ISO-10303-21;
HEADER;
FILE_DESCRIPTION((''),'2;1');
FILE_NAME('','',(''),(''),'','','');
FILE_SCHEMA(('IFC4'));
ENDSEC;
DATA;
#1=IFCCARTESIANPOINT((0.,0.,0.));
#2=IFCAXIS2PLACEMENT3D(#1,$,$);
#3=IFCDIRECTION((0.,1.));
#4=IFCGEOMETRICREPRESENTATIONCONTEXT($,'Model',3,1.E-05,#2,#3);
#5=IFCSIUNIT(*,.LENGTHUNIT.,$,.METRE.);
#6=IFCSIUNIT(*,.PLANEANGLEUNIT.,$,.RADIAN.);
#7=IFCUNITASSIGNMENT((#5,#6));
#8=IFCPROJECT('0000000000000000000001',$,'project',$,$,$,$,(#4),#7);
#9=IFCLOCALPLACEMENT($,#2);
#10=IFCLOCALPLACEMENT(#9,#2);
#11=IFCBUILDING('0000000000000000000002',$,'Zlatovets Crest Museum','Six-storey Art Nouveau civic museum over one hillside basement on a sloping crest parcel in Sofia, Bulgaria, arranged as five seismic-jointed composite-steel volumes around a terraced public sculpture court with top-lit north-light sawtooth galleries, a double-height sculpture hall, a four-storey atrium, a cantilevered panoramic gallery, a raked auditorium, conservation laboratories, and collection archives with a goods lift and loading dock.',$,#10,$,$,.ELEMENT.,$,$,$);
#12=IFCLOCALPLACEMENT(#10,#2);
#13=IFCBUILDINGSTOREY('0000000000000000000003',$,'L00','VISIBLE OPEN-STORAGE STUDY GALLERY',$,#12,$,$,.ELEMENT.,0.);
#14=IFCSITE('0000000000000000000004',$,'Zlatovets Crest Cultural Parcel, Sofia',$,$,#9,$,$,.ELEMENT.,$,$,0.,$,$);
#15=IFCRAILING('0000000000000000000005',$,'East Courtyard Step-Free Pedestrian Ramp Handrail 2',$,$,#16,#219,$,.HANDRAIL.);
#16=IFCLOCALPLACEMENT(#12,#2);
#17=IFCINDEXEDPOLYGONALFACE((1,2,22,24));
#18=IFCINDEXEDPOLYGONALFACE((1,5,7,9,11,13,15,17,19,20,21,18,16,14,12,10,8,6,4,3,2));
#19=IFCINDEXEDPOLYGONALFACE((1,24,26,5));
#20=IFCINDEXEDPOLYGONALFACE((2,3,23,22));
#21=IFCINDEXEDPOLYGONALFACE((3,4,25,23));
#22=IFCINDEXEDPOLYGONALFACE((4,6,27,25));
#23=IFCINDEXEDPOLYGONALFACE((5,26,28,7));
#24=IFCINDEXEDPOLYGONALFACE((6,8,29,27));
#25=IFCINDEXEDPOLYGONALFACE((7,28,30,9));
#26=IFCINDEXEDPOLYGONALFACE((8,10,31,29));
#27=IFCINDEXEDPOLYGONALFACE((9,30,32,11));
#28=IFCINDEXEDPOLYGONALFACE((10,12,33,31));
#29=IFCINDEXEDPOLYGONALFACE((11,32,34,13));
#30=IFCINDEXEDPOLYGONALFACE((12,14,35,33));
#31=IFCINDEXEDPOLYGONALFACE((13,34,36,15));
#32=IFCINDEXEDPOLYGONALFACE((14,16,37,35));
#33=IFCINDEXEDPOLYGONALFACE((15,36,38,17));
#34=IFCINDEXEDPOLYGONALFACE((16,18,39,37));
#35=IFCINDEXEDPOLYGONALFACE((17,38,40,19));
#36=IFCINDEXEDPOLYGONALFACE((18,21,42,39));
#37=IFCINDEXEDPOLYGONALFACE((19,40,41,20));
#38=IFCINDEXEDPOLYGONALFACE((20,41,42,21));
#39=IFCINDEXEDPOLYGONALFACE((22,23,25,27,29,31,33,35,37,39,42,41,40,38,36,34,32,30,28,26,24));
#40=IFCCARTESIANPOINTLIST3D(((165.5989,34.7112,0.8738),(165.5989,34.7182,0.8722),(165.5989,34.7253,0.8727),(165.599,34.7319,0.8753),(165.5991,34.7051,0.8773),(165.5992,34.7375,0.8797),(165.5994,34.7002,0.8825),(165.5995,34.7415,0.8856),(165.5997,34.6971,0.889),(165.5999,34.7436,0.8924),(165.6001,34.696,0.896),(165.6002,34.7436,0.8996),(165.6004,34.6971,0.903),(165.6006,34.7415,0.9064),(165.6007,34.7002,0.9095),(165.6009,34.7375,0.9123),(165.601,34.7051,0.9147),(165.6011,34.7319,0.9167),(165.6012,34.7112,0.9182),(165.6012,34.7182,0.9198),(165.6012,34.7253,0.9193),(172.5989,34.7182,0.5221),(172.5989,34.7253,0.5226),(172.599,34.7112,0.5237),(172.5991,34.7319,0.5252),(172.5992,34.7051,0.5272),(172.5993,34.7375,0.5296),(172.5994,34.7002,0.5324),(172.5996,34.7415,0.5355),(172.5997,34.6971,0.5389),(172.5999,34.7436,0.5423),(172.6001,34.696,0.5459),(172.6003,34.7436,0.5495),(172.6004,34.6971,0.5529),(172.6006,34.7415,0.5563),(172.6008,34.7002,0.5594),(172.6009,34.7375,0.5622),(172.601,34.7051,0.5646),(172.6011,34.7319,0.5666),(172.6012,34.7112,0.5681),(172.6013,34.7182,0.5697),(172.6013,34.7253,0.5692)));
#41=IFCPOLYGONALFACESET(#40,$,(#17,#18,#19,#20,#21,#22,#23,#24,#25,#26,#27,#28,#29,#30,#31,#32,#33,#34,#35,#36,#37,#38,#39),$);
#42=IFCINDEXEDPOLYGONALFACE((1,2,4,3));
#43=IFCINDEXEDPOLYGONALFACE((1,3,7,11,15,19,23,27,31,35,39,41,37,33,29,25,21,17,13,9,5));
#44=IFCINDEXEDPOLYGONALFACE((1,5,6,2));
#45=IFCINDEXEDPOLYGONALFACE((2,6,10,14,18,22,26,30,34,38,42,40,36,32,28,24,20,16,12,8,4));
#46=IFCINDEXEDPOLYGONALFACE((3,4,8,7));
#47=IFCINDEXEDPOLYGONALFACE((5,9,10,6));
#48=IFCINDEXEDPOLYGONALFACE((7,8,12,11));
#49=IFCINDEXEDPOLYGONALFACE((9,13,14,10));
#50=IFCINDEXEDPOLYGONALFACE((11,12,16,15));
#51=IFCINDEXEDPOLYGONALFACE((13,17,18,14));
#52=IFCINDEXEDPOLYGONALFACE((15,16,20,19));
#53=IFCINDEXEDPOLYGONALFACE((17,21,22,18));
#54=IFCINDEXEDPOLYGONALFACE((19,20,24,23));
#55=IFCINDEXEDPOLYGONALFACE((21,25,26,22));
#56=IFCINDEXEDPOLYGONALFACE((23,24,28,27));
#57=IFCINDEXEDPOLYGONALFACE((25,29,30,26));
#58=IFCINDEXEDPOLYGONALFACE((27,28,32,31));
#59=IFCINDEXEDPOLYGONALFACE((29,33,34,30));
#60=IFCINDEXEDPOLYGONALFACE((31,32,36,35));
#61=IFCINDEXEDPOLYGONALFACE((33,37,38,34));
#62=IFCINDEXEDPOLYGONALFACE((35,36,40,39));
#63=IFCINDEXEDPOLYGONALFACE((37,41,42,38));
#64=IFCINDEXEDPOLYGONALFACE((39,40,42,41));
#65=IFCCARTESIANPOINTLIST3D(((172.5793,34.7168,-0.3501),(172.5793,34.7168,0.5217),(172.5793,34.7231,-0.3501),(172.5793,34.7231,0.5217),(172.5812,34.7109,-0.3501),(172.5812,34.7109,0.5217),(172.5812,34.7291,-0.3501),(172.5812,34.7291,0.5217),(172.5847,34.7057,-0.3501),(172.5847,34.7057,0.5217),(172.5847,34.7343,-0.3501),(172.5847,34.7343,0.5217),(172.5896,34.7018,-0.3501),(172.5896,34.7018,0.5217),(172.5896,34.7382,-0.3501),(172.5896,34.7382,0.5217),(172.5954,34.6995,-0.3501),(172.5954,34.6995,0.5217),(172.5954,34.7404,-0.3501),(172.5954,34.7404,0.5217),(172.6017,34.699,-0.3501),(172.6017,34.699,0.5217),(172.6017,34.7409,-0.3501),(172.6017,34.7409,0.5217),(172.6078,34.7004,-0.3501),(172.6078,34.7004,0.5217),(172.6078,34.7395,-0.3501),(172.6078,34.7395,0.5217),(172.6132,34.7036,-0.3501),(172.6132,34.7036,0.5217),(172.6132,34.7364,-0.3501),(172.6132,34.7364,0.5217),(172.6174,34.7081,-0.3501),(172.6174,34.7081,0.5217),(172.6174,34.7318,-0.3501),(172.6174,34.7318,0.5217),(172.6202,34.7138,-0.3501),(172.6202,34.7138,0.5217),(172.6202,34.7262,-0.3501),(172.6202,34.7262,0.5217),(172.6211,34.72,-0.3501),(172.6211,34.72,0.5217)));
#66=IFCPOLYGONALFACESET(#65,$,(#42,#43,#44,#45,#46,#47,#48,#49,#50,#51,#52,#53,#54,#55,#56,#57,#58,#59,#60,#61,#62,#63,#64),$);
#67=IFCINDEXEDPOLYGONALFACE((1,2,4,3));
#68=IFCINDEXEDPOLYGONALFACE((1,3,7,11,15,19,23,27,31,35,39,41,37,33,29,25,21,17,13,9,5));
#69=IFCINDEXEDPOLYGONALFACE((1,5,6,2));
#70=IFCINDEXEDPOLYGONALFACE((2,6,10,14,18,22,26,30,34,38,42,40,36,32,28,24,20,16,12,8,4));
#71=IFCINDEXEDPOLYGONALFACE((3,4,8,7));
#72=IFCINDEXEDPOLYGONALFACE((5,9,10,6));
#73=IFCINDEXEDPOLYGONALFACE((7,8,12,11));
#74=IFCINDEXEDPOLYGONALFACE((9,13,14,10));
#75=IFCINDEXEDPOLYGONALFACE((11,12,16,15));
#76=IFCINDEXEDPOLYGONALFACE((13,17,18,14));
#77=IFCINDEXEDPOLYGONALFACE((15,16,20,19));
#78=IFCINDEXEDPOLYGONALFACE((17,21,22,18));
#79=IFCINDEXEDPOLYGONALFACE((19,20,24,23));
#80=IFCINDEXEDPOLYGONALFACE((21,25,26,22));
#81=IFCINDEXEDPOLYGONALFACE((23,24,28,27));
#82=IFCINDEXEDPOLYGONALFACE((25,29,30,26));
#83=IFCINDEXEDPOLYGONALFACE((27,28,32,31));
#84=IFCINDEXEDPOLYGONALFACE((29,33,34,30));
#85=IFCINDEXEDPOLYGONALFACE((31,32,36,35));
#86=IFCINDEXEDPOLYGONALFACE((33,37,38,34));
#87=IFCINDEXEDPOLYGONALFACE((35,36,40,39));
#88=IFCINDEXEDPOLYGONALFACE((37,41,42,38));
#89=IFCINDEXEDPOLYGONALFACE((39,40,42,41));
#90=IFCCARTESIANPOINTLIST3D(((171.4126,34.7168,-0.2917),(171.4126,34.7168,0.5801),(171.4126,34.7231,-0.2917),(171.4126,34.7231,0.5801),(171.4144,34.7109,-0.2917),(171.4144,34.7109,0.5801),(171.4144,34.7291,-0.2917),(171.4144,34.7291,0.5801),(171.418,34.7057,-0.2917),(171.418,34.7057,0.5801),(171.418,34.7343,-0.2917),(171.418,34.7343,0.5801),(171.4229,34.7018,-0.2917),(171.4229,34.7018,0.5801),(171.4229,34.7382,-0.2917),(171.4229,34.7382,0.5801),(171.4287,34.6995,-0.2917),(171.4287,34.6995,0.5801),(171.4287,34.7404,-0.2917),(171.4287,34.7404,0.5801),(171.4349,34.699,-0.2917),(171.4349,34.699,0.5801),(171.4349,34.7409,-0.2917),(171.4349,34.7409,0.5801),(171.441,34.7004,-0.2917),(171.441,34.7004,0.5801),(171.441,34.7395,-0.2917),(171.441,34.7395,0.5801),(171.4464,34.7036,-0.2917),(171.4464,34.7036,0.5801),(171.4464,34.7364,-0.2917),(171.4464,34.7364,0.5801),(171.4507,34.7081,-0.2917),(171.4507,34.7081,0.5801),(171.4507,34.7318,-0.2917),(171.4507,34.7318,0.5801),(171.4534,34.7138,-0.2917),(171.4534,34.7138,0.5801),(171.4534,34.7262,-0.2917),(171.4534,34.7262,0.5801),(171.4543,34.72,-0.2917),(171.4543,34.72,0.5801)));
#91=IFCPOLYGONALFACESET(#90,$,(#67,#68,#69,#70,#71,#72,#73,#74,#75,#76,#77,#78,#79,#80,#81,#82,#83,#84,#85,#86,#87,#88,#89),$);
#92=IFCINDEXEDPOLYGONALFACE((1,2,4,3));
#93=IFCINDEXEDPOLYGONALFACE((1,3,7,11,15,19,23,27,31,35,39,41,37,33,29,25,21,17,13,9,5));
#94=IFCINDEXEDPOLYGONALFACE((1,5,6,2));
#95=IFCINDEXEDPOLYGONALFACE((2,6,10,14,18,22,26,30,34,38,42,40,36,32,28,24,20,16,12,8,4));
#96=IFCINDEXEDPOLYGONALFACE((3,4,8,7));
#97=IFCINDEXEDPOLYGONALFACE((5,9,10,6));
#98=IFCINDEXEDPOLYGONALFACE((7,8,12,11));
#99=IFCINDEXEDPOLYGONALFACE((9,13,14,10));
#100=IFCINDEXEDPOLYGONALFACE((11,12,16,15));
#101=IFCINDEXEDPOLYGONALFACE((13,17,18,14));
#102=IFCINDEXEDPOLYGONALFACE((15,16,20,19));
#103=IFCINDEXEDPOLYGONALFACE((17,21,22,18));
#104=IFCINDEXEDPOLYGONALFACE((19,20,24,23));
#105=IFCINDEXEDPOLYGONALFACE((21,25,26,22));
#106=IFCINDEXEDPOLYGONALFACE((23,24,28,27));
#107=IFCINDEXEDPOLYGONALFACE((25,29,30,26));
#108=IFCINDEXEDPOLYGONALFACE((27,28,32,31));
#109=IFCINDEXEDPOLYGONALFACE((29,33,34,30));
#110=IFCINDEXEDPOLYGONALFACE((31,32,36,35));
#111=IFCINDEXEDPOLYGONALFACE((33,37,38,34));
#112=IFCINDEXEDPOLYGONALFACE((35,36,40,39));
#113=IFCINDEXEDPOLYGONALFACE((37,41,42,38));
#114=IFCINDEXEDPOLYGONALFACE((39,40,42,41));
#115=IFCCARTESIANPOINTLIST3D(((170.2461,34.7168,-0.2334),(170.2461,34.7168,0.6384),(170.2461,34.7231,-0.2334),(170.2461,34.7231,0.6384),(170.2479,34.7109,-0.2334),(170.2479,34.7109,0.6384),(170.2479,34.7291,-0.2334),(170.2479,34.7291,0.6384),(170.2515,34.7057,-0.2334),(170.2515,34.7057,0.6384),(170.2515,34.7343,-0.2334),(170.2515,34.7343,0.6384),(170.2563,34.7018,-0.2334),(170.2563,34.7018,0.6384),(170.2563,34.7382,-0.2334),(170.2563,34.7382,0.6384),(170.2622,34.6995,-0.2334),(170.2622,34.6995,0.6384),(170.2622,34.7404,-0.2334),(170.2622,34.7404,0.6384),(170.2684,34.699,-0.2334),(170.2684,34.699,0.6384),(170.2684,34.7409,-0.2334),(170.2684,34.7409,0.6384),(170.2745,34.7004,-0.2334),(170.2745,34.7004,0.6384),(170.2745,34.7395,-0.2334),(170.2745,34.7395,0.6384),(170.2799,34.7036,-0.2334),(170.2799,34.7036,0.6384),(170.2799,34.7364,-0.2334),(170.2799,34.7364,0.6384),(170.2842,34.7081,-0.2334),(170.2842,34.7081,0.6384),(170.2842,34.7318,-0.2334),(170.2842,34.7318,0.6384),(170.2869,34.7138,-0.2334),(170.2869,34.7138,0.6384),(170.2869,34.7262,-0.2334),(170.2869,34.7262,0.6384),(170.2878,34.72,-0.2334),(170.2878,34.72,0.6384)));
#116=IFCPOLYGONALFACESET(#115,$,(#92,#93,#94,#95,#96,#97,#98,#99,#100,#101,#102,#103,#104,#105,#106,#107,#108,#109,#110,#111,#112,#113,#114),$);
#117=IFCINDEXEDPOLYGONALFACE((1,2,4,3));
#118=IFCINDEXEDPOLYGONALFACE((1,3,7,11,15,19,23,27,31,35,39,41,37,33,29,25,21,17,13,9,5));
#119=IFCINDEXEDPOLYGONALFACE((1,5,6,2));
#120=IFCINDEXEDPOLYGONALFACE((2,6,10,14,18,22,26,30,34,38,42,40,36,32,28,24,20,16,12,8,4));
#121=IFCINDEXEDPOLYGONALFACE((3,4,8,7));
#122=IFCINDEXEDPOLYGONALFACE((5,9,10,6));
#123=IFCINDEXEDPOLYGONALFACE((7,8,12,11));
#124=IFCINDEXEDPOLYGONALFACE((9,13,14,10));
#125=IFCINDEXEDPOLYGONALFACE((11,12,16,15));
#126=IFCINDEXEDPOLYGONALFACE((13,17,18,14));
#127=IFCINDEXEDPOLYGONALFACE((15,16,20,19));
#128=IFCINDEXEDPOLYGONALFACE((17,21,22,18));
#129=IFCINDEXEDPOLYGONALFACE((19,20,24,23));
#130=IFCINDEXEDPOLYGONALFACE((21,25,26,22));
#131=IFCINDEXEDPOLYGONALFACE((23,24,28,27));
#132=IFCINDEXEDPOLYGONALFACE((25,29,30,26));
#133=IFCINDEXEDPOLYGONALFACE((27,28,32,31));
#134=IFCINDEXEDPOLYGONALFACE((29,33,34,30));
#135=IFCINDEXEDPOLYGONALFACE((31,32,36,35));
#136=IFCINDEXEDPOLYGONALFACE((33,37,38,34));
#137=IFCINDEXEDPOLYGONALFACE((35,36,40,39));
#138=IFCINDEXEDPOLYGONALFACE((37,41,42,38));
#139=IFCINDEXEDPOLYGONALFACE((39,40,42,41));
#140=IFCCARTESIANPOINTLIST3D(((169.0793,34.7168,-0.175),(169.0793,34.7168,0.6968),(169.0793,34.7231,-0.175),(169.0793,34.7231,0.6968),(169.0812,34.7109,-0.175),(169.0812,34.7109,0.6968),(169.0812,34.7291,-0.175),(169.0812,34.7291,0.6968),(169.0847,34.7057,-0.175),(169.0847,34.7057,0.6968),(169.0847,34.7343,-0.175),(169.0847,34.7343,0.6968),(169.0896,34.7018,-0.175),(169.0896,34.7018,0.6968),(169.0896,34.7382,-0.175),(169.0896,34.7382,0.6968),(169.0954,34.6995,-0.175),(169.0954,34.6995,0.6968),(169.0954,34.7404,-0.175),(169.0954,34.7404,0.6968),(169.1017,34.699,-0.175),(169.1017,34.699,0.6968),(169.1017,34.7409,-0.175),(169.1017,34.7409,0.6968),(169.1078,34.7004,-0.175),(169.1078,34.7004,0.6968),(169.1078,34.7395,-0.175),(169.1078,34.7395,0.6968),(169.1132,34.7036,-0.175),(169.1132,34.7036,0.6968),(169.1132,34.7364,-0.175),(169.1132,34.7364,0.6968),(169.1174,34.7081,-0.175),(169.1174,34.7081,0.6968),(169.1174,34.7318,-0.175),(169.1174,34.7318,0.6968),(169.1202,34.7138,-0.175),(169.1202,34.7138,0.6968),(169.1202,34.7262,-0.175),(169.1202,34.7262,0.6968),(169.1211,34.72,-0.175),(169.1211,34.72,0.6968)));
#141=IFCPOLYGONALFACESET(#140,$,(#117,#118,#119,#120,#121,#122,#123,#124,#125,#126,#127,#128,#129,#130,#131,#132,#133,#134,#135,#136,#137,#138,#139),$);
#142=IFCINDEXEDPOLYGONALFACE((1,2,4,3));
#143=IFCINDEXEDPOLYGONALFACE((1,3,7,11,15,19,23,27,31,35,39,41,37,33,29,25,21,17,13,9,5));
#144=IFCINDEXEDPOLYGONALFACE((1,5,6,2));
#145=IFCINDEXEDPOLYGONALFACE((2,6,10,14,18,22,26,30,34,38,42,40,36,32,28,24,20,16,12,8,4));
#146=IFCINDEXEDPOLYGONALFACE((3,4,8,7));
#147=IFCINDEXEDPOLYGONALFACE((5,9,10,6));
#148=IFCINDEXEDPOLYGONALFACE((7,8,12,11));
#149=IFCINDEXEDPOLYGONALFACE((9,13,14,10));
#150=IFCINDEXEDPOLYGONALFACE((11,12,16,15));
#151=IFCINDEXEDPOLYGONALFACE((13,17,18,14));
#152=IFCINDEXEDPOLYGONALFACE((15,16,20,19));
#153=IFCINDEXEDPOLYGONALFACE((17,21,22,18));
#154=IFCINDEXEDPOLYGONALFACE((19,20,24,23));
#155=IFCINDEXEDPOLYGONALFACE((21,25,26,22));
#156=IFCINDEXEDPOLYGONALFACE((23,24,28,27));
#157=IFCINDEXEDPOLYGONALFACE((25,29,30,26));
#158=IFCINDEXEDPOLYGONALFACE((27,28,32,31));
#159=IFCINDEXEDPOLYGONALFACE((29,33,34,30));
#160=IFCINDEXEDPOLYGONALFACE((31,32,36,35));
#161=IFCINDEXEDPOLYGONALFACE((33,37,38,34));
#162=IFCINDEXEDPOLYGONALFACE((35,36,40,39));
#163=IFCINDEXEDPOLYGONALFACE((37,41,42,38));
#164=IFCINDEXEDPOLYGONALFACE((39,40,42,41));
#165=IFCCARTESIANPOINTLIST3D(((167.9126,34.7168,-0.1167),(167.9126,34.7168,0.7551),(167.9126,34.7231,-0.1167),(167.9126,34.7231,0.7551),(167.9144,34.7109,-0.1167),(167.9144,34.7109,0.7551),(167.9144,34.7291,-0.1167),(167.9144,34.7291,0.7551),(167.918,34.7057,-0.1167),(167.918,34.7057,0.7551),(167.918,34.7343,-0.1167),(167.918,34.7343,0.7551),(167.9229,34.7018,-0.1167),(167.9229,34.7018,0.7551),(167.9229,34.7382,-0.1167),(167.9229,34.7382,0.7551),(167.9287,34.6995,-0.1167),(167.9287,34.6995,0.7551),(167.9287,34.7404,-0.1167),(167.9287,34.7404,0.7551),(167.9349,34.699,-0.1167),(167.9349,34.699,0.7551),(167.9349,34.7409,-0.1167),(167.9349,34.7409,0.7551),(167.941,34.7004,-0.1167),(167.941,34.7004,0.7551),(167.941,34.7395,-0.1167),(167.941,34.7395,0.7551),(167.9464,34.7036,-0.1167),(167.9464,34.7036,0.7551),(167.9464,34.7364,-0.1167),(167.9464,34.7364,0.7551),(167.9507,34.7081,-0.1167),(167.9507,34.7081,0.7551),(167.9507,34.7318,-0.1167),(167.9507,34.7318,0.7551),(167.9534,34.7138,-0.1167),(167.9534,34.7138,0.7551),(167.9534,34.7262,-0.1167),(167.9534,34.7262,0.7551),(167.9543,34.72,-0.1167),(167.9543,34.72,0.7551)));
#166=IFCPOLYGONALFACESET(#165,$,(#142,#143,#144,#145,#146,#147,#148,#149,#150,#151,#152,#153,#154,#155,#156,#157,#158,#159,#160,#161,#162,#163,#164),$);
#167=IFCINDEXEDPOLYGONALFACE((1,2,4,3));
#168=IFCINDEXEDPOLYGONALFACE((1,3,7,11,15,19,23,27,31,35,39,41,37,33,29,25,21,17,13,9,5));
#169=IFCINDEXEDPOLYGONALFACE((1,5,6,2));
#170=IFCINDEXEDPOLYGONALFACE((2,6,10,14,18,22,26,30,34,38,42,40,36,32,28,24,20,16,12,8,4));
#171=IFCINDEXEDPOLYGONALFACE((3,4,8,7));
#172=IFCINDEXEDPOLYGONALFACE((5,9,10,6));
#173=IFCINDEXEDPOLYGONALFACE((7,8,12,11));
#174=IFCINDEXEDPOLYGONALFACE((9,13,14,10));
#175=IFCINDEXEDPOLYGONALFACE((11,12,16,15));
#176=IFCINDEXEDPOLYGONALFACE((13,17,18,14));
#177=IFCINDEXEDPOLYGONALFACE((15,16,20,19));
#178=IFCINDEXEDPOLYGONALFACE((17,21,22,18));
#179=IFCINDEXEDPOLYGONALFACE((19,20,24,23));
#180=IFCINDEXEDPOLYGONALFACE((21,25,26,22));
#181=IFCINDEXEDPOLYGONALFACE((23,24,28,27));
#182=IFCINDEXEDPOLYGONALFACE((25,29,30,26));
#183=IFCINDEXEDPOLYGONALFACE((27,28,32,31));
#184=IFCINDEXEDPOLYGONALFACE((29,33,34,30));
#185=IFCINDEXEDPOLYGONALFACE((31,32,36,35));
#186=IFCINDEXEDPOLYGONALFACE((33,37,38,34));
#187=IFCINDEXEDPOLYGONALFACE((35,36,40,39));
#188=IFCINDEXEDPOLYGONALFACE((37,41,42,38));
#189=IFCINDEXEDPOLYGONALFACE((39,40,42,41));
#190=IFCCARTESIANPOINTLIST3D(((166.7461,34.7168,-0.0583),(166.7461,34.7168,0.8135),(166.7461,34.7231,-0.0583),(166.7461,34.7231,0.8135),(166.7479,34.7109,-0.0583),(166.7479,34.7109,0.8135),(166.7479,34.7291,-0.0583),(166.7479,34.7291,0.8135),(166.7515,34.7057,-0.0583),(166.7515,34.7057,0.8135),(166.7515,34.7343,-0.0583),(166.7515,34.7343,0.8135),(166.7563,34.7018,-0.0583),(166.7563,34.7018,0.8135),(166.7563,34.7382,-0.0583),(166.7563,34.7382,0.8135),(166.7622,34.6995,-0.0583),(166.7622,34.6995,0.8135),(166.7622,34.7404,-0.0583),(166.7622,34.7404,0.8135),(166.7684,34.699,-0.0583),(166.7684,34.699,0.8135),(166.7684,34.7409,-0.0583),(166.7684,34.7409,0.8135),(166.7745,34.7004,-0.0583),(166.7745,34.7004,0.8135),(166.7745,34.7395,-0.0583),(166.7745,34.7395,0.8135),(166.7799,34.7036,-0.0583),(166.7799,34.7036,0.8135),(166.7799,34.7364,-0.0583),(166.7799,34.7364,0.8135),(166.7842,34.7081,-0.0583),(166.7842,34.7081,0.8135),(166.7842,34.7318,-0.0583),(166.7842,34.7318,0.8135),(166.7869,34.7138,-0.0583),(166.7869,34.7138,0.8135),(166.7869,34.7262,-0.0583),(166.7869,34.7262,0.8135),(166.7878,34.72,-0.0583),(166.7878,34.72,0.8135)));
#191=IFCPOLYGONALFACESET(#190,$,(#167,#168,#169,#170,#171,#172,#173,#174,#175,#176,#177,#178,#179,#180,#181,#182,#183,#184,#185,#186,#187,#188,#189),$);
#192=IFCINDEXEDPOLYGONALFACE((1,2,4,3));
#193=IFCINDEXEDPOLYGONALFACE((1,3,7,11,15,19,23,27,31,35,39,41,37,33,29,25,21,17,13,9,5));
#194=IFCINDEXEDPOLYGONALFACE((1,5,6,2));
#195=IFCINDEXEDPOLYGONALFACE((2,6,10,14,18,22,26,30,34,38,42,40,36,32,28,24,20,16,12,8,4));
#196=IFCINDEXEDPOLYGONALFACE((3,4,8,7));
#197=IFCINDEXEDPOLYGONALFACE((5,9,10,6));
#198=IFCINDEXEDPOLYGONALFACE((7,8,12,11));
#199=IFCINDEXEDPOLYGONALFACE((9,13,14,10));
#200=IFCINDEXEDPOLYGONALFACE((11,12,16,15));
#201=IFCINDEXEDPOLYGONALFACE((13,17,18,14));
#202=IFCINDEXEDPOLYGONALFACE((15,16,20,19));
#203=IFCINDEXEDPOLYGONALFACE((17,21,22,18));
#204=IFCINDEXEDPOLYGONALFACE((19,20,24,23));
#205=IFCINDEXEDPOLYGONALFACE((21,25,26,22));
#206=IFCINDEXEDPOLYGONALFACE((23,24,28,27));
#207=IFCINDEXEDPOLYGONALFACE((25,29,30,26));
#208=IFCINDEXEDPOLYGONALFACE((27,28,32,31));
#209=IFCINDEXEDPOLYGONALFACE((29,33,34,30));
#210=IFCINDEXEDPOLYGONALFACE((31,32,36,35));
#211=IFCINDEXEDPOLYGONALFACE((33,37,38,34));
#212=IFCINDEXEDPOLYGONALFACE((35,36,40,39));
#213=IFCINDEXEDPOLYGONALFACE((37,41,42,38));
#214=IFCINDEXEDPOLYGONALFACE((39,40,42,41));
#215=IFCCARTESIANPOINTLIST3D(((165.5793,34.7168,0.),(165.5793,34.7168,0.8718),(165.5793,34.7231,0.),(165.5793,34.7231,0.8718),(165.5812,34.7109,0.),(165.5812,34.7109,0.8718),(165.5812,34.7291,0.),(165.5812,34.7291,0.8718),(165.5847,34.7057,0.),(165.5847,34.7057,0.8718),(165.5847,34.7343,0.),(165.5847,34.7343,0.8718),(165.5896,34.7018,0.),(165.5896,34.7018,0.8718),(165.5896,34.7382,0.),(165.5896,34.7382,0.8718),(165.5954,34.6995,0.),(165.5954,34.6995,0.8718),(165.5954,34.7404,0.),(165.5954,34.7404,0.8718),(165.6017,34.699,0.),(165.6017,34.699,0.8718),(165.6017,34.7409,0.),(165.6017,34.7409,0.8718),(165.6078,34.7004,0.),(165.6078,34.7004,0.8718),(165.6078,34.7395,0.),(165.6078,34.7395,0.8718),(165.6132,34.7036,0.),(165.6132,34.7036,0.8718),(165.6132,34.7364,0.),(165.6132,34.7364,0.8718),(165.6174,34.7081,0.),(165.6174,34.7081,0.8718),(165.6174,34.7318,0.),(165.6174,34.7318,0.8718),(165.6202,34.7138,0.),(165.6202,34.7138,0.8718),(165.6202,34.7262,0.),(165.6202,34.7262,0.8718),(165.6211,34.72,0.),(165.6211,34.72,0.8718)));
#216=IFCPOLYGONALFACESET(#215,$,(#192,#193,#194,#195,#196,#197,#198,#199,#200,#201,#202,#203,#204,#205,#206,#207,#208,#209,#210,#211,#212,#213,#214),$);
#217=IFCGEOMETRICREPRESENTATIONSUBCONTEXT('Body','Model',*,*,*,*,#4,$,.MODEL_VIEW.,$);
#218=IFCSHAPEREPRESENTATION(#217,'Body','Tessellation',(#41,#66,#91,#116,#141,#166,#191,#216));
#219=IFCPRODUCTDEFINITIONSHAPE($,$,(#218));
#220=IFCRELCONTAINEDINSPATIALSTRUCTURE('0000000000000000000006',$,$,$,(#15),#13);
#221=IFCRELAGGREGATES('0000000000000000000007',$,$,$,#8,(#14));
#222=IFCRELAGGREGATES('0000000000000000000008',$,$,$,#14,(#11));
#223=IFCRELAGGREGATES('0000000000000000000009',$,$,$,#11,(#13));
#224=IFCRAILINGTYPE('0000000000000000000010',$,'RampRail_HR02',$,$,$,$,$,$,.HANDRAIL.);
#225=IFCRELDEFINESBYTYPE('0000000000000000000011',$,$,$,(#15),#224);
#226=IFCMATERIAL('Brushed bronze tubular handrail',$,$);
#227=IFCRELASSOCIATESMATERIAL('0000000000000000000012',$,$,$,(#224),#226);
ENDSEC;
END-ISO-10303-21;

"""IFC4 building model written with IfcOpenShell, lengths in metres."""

from ifc_helpers import new_model, si_unit, direction, frame, origin, origin_2d, place, context, subcontext, project, spatial, circle, extrude, material, type_object, element, save


model = new_model("IFC4")

# Units and contexts
model_context = context("Model", 3, precision=1e-05, world=origin(), true_north=direction((0.0, 1.0)))
body_context = subcontext(model_context, "Body", "Model", "MODEL_VIEW")
ifc_project = project(units=[si_unit("LENGTHUNIT", "METRE"), si_unit("PLANEANGLEUNIT", "RADIAN")], contexts=[model_context])

# Site, building, storey
site_placement = place(None, origin())
site = spatial("IfcSite", under=ifc_project, at=site_placement, Name="Zlatovets Crest Cultural Parcel, Sofia", CompositionType="ELEMENT", RefElevation=0.0)
building_placement = place(site_placement, origin())
building = spatial("IfcBuilding", under=site, at=building_placement, Name="Zlatovets Crest Museum", Description="Six-storey Art Nouveau civic museum over one hillside basement on a sloping crest parcel in Sofia, Bulgaria, arranged as five seismic-jointed composite-steel volumes around a terraced public sculpture court with top-lit north-light sawtooth galleries, a double-height sculpture hall, a four-storey atrium, a cantilevered panoramic gallery, a raked auditorium, conservation laboratories, and collection archives with a goods lift and loading dock.", CompositionType="ELEMENT")
storey_placement = place(building_placement, origin())
storey = spatial("IfcBuildingStorey", under=building, at=storey_placement, Name="L00", Description="VISIBLE OPEN-STORAGE STUDY GALLERY", CompositionType="ELEMENT", Elevation=0.0)

# Railing
ifc_material_1 = material(Name="Brushed bronze tubular handrail")
railing_type = type_object("IfcRailingType", Name="RampRail_HR02", PredefinedType="HANDRAIL", material=ifc_material_1)
for number, where, name in (
    (1, (172.6001, 34.72, -0.3501), "East Courtyard Step-Free Pedestrian Ramp Handrail 2"),
):
    element("IfcRailing", number, at=place(storey_placement, frame(where)), inside=storey, type_object=railing_type, Name=name, PredefinedType="HANDRAIL", context=body_context, shape_type="SweptSolid", body=[
        extrude(circle(Radius=0.0239, at=origin_2d()), frame((0.0, 0.0, 0.896), z_axis=(-0.998752, 0.0, 0.049952), x_axis=(0.0, -1.0, 0.0)), (0.0, 0.0, 1.0), 7.0088),
        extrude(circle(Radius=0.021, at=origin_2d()), origin(), (0.0, 0.0, 1.0), 0.8718),
        extrude(circle(Radius=0.021, at=origin_2d()), frame((-1.1667, 0.0, 0.0583)), (0.0, 0.0, 1.0), 0.8718),
        extrude(circle(Radius=0.021, at=origin_2d()), frame((-2.3333, 0.0, 0.1167)), (0.0, 0.0, 1.0), 0.8718),
        extrude(circle(Radius=0.021, at=origin_2d()), frame((-3.5, 0.0, 0.175)), (0.0, 0.0, 1.0), 0.8718),
        extrude(circle(Radius=0.021, at=origin_2d()), frame((-4.6667, 0.0, 0.2334)), (0.0, 0.0, 1.0), 0.8718),
        extrude(circle(Radius=0.021, at=origin_2d()), frame((-5.8333, 0.0, 0.2917)), (0.0, 0.0, 1.0), 0.8718),
        extrude(circle(Radius=0.021, at=origin_2d()), frame((-7.0, 0.0, 0.3501)), (0.0, 0.0, 1.0), 0.8718),
    ])

save(model, "model.ifc")
